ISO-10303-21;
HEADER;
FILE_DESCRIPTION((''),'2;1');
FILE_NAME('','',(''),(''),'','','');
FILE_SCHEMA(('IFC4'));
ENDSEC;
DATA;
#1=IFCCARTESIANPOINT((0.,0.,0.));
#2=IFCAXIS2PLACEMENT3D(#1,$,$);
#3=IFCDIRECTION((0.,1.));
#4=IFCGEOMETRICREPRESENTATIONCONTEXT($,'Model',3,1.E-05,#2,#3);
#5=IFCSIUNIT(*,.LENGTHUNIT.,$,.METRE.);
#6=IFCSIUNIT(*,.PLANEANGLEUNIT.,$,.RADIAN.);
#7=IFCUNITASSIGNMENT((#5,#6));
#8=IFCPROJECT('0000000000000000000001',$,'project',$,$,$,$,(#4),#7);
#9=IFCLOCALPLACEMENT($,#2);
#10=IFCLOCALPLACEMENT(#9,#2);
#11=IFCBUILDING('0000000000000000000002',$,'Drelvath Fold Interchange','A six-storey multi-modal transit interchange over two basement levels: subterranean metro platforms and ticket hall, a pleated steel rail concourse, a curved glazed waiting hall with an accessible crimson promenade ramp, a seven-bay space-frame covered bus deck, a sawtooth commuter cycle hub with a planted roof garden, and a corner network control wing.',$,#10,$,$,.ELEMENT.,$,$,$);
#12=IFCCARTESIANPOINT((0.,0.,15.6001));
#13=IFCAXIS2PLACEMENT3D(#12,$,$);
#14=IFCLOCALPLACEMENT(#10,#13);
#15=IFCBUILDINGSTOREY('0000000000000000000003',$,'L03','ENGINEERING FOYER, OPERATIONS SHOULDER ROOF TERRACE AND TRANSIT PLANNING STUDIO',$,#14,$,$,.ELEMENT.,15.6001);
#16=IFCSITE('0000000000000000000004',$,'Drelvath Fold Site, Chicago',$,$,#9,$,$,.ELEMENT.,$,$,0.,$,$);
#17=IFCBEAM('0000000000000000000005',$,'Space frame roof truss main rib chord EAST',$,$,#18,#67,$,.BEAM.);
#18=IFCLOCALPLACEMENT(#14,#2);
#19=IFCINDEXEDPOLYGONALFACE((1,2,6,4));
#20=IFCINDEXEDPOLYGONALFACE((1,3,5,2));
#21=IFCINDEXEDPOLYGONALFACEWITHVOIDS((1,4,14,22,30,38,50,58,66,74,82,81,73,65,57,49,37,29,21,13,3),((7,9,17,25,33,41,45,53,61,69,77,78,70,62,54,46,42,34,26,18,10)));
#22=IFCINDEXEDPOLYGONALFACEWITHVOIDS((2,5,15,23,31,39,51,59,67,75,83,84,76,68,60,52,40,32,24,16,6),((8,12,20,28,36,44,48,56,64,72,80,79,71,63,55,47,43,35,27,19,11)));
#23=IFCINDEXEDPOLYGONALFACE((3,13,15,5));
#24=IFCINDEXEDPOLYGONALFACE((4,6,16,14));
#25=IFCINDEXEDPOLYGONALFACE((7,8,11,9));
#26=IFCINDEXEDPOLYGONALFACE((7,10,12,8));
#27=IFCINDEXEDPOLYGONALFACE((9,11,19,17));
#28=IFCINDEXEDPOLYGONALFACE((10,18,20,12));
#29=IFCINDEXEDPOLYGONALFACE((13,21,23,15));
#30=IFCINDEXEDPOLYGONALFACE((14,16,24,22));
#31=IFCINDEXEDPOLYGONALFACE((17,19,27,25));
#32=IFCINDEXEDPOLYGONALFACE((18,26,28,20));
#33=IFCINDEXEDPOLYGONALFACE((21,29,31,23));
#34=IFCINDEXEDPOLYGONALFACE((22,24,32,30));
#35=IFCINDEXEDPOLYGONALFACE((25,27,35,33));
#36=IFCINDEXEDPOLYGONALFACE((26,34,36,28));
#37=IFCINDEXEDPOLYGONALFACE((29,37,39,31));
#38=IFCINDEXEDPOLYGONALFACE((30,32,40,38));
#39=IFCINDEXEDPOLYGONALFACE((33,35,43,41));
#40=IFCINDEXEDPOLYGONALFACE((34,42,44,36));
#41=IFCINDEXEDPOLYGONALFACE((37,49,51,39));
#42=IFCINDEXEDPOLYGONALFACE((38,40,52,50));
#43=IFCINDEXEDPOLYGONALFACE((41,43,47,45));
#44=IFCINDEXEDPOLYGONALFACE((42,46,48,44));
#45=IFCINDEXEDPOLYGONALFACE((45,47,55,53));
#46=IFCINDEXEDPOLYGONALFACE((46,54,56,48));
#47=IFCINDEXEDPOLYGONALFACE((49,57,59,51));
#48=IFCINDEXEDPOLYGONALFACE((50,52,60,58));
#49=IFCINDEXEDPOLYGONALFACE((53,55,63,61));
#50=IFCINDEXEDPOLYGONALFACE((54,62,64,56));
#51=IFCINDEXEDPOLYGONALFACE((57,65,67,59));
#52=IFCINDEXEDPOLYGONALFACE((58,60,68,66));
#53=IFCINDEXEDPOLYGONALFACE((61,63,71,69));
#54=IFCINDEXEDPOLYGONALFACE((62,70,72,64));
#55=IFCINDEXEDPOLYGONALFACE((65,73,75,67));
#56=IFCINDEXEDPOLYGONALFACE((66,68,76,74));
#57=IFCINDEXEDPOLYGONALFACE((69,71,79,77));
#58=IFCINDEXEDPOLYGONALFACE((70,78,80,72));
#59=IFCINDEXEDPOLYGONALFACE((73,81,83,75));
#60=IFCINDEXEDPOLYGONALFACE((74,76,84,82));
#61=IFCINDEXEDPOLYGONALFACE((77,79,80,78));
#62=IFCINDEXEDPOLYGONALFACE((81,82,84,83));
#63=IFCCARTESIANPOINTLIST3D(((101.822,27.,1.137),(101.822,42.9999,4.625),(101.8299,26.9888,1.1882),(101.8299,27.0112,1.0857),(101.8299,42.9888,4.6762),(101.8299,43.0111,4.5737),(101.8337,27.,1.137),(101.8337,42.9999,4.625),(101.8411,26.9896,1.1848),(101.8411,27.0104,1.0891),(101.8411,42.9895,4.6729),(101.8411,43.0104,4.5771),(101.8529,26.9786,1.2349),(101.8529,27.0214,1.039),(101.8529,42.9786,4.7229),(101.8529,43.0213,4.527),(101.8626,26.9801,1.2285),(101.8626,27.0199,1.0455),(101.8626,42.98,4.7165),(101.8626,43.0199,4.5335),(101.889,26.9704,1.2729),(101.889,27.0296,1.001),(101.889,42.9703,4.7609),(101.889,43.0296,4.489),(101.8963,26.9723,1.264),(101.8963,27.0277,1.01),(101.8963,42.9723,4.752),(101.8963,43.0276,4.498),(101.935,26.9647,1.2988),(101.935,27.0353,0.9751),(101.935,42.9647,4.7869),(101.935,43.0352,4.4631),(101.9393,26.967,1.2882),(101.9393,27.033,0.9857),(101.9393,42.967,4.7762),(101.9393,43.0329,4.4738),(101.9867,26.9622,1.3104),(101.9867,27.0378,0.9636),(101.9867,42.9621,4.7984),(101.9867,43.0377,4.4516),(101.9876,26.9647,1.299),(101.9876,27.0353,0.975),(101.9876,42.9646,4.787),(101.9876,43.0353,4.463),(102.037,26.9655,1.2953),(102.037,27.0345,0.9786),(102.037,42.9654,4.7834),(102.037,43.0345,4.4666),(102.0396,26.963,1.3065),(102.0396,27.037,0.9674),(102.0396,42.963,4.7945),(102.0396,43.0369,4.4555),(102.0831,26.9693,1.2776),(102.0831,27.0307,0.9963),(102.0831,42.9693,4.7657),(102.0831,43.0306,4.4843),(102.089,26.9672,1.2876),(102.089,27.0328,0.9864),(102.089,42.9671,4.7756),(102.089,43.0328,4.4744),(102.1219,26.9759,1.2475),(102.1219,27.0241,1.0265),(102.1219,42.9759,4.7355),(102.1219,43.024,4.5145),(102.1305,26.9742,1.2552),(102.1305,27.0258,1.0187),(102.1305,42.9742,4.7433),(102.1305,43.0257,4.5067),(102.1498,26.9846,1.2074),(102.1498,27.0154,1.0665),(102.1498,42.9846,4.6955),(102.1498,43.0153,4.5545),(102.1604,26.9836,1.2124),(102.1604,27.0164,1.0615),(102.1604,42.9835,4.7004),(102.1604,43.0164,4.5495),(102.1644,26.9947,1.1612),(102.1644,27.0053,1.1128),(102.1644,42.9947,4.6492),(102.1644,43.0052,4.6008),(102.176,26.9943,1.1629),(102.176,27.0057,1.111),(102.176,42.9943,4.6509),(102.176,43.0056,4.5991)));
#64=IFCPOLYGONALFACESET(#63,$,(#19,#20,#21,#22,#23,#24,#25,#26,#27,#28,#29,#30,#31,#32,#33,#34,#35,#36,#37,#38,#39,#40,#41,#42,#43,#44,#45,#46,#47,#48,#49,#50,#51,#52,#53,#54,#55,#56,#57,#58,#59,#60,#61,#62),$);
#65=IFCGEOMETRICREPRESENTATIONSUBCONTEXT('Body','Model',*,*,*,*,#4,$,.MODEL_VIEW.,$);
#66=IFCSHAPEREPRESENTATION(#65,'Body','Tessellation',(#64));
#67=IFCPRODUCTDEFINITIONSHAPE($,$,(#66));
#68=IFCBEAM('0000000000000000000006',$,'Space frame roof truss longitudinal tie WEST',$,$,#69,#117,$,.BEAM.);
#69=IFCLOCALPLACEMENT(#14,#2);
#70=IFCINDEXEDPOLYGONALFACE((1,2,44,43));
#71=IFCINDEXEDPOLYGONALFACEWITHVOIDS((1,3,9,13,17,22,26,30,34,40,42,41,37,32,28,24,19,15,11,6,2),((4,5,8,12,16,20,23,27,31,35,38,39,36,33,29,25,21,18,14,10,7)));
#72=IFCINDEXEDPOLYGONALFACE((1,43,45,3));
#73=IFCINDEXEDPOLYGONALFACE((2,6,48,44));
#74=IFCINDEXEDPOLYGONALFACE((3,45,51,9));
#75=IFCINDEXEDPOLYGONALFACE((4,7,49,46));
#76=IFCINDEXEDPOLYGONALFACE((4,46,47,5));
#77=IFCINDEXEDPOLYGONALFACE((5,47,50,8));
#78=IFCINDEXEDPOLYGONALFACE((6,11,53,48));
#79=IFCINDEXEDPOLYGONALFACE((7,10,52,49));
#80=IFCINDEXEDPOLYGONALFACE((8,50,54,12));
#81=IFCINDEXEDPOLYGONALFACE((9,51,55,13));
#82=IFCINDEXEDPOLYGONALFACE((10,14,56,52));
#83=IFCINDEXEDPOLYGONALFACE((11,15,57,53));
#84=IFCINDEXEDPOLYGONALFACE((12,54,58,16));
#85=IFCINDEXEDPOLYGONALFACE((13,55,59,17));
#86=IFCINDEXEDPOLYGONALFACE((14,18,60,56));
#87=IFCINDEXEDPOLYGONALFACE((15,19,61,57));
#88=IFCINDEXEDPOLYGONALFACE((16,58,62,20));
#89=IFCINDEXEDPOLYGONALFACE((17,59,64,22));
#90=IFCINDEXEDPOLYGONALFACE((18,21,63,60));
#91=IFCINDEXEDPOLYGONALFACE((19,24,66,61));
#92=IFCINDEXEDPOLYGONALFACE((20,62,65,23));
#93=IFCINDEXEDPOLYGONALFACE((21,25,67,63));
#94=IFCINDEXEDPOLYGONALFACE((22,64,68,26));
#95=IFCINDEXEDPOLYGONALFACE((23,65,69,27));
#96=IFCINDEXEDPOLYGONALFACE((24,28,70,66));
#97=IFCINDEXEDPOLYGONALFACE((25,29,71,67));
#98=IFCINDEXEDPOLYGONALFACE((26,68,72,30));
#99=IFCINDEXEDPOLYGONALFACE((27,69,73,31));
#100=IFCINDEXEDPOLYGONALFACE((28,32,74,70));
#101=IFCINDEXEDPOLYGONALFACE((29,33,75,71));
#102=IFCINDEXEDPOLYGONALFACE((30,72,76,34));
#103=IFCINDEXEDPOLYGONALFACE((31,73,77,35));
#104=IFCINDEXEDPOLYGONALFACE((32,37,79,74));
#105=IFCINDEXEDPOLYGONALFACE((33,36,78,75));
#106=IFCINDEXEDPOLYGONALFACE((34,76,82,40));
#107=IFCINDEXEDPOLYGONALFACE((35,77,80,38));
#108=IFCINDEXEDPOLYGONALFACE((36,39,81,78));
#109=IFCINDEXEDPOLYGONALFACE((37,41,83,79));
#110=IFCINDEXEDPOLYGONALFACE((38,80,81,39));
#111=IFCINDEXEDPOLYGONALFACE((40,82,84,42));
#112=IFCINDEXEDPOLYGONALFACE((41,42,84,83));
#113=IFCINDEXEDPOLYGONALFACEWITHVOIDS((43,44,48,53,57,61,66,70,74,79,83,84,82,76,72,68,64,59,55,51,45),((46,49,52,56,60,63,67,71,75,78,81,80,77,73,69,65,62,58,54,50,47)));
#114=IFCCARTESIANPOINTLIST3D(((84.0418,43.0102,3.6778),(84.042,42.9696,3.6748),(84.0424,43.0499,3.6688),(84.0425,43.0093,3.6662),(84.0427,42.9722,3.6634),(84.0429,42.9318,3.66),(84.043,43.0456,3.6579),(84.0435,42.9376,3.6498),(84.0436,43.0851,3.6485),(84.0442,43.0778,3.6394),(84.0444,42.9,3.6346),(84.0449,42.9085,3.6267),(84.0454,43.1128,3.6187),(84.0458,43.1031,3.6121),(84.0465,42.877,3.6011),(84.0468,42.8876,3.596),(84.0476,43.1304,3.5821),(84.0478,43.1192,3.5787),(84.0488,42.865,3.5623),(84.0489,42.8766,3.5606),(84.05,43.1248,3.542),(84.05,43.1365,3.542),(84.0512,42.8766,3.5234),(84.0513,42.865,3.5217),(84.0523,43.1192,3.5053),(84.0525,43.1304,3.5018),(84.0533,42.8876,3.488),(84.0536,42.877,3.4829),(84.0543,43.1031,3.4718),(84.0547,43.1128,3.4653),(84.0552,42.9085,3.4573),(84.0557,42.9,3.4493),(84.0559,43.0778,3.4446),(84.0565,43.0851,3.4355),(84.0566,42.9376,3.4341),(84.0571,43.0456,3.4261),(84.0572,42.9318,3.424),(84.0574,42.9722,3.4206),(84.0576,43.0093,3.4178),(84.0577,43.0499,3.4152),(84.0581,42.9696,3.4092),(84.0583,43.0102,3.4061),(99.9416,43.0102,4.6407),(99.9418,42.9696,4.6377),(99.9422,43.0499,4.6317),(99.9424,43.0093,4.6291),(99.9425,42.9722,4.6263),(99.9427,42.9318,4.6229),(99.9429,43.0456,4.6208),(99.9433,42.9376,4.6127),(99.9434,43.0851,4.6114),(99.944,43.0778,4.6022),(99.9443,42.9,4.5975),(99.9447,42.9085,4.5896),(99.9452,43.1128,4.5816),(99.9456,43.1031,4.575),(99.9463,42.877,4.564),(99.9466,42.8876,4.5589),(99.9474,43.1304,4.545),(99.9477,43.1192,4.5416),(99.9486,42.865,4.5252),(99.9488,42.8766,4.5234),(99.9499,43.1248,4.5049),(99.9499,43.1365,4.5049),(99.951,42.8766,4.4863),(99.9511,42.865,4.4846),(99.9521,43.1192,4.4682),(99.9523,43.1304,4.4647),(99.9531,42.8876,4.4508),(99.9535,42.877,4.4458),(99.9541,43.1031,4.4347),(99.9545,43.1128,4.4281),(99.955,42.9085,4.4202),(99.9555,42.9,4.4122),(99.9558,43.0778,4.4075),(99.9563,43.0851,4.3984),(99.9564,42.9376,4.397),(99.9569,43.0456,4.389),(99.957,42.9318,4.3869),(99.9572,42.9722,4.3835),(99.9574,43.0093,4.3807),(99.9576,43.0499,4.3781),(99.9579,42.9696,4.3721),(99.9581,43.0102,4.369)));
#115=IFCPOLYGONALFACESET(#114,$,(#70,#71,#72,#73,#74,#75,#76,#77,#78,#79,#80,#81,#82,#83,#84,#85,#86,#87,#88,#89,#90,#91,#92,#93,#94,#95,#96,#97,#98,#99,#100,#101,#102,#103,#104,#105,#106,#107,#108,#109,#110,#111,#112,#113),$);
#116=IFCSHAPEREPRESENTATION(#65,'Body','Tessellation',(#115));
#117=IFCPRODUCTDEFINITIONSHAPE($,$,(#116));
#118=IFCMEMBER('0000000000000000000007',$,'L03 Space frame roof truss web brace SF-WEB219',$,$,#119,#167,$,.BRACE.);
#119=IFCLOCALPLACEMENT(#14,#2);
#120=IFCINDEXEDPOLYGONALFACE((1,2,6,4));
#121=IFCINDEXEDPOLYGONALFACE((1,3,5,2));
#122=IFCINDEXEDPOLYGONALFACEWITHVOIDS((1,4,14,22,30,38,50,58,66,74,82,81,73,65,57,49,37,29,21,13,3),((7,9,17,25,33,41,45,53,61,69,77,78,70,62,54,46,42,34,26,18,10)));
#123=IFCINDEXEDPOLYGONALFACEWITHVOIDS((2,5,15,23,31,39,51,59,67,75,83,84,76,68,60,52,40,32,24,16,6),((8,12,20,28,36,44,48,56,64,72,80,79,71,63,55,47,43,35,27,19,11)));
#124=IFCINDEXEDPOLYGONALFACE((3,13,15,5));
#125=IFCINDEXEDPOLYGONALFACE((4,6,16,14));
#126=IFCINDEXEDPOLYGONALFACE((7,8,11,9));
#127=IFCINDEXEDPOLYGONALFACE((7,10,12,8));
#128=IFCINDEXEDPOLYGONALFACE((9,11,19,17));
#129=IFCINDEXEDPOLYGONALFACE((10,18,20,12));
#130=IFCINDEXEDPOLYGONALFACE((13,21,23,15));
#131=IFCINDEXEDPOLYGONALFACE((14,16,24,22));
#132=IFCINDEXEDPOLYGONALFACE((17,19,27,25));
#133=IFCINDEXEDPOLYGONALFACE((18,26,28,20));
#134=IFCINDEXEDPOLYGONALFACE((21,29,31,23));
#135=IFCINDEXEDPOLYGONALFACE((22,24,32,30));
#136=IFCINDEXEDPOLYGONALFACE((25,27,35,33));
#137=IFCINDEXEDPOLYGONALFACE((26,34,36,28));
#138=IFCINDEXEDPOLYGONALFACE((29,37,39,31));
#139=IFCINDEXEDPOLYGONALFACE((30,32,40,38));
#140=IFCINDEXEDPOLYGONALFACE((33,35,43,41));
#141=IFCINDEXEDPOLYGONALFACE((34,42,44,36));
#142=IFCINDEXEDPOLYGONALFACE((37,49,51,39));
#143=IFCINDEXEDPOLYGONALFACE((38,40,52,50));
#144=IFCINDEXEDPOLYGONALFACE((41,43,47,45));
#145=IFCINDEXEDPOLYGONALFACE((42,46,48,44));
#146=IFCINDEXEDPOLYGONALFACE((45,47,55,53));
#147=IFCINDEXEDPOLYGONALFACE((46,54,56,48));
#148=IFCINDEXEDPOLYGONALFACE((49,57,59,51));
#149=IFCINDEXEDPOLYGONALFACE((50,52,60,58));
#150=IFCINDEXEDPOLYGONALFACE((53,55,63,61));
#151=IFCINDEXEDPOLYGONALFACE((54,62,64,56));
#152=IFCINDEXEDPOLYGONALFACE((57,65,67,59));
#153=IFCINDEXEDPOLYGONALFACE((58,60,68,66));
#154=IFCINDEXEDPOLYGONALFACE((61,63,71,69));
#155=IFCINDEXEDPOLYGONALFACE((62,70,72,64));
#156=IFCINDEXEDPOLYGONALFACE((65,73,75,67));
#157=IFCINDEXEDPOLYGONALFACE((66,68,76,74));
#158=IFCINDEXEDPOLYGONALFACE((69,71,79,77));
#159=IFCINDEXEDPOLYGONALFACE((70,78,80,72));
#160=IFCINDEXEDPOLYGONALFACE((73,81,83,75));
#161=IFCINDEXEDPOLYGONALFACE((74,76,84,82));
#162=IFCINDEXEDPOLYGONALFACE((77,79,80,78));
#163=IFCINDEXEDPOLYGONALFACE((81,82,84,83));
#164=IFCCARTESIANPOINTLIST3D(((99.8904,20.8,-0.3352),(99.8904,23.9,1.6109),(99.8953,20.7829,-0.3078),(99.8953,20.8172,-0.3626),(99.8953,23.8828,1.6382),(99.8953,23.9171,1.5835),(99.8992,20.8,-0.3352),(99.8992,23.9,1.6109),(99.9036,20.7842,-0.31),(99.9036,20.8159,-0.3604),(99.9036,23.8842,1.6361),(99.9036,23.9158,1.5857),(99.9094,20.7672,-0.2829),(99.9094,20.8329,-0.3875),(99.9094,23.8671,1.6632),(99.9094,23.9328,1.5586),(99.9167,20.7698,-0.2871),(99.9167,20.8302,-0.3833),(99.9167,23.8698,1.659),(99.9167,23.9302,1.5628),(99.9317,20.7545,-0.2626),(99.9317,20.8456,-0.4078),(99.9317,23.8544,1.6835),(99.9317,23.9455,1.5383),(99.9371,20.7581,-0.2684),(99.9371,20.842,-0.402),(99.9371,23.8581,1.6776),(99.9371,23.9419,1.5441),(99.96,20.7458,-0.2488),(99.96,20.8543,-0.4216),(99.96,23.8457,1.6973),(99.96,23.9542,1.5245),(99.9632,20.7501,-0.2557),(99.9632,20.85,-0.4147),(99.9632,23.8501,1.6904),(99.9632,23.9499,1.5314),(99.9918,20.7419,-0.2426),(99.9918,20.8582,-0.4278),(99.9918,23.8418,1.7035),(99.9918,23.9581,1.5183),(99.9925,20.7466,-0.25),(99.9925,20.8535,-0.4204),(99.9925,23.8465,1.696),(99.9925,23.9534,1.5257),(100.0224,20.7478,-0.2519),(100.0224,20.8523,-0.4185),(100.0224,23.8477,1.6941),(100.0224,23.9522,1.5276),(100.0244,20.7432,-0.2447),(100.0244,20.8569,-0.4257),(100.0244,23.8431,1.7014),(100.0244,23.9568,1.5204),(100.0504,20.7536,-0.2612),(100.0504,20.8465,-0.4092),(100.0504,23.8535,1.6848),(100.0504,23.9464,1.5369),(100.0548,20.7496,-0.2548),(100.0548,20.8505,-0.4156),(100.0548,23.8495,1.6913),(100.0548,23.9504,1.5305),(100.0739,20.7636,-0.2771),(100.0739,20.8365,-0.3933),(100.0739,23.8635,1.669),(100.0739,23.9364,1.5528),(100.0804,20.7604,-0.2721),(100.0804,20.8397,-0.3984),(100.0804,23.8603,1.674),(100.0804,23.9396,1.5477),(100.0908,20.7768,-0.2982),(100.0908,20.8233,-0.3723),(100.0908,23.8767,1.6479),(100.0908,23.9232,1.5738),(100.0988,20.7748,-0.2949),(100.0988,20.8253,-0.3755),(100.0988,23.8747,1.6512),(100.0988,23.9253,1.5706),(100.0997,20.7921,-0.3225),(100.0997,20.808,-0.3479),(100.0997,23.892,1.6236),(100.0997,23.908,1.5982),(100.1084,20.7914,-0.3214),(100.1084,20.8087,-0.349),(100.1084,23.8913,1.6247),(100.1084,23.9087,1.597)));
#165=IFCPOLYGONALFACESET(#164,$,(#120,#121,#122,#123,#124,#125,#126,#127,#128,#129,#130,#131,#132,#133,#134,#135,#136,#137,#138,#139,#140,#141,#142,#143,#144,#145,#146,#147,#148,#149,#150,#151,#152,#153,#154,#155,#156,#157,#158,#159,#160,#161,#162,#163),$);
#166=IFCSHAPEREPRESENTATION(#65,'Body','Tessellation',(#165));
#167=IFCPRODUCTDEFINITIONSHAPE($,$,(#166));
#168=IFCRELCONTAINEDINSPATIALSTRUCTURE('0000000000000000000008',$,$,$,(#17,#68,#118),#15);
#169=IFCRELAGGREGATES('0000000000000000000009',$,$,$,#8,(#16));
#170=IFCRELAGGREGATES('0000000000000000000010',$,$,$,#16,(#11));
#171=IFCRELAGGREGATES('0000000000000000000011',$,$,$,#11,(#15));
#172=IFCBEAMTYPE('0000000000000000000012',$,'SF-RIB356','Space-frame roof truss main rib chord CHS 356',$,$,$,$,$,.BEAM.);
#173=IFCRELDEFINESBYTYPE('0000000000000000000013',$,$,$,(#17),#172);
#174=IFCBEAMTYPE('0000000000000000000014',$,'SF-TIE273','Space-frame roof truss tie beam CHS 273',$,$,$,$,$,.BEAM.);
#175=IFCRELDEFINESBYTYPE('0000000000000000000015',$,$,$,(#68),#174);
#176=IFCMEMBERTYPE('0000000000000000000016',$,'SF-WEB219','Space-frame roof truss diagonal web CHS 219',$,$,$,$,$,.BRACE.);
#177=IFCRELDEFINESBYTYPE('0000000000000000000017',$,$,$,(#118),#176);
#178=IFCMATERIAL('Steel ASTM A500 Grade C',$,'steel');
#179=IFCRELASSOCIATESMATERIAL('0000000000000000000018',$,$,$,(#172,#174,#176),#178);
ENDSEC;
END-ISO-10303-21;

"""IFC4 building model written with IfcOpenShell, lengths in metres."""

from ifc_helpers import new_model, si_unit, direction, frame, origin, origin_2d, place, context, subcontext, project, spatial, hollow_circle, extrude, material, material_profile, profile_set, type_object, element, save


model = new_model("IFC4")

# Units and contexts
model_context = context("Model", 3, precision=1e-05, world=origin(), true_north=direction((0.0, 1.0)))
body_context = subcontext(model_context, "Body", "Model", "MODEL_VIEW")
ifc_project = project(units=[si_unit("LENGTHUNIT", "METRE"), si_unit("PLANEANGLEUNIT", "RADIAN")], contexts=[model_context])

# Site, building, storey
site_placement = place(None, origin())
site = spatial("IfcSite", under=ifc_project, at=site_placement, Name="Drelvath Fold Site, Chicago", CompositionType="ELEMENT", RefElevation=0.0)
building_placement = place(site_placement, origin())
building = spatial("IfcBuilding", under=site, at=building_placement, Name="Drelvath Fold Interchange", Description="A six-storey multi-modal transit interchange over two basement levels: subterranean metro platforms and ticket hall, a pleated steel rail concourse, a curved glazed waiting hall with an accessible crimson promenade ramp, a seven-bay space-frame covered bus deck, a sawtooth commuter cycle hub with a planted roof garden, and a corner network control wing.", CompositionType="ELEMENT")
storey_placement = place(building_placement, frame((0.0, 0.0, 15.6001)))
storey = spatial("IfcBuildingStorey", under=building, at=storey_placement, Name="L03", Description="ENGINEERING FOYER, OPERATIONS SHOULDER ROOF TERRACE AND TRANSIT PLANNING STUDIO", CompositionType="ELEMENT", Elevation=15.6001)

# Shared definitions
ifc_material_1 = material(Name="Steel ASTM A500 Grade C", Category="steel")

# Beams
ifc_material_profile_1 = material_profile(ifc_material_1, hollow_circle(Radius=0.178, WallThickness=0.0117, at=origin_2d()), Name="HSS14.000X0.500")
ifc_profile_set_1 = profile_set([ifc_material_profile_1], Name="Steel ASTM A500 Grade C")
beam_type_1 = type_object("IfcBeamType", Name="SF-RIB356", Description="Space-frame roof truss main rib chord CHS 356", PredefinedType="BEAM", material=ifc_profile_set_1)
beam_1_placement = place(storey_placement, frame((102.0, 27.0, 1.137), z_axis=(0.0, 0.977052, 0.213), x_axis=(-1.0, 0.0, 0.0)))
element("IfcBeam", 1, at=beam_1_placement, inside=storey, type_object=beam_type_1, Name="Space frame roof truss main rib chord EAST", PredefinedType="BEAM", context=body_context, shape_type="SweptSolid", body=[
    extrude(hollow_circle(Radius=0.178, WallThickness=0.0117, at=origin_2d()), origin(), (0.0, 0.0, 1.0), 16.3757),
])
ifc_material_profile_2 = material_profile(ifc_material_1, hollow_circle(Radius=0.1365, WallThickness=0.0117, at=origin_2d()), Name="HSS10.750X0.500")
ifc_profile_set_2 = profile_set([ifc_material_profile_2], Name="Steel ASTM A500 Grade C")
beam_type_2 = type_object("IfcBeamType", Name="SF-TIE273", Description="Space-frame roof truss tie beam CHS 273", PredefinedType="BEAM", material=ifc_profile_set_2)
beam_2_placement = place(storey_placement, frame((84.05, 43.0, 3.542), z_axis=(0.998171, 0.0, 0.060449), x_axis=(0.0, 1.0, 0.0)))
element("IfcBeam", 2, at=beam_2_placement, inside=storey, type_object=beam_type_2, Name="Space frame roof truss longitudinal tie WEST", PredefinedType="BEAM", context=body_context, shape_type="SweptSolid", body=[
    extrude(hollow_circle(Radius=0.1365, WallThickness=0.0117, at=origin_2d()), origin(), (0.0, 0.0, 1.0), 15.929),
])

# Member
ifc_material_profile_3 = material_profile(ifc_material_1, hollow_circle(Radius=0.1096, WallThickness=0.0088, at=origin_2d()), Name="HSS8.625X0.375")
ifc_profile_set_3 = profile_set([ifc_material_profile_3], Name="Steel ASTM A500 Grade C")
member_type_1 = type_object("IfcMemberType", Name="SF-WEB219", Description="Space-frame roof truss diagonal web CHS 219", PredefinedType="BRACE", material=ifc_profile_set_3)
member_1_placement = place(storey_placement, frame((100.0, 20.8, -0.3352), z_axis=(0.0, 0.846936, 0.531695), x_axis=(-1.0, 0.0, 0.0)))
element("IfcMember", 3, at=member_1_placement, inside=storey, type_object=member_type_1, Name="L03 Space frame roof truss web brace SF-WEB219", PredefinedType="BRACE", context=body_context, shape_type="SweptSolid", body=[
    extrude(hollow_circle(Radius=0.1096, WallThickness=0.0088, at=origin_2d()), origin(), (0.0, 0.0, 1.0), 3.6602),
])

save(model, "model.ifc")
